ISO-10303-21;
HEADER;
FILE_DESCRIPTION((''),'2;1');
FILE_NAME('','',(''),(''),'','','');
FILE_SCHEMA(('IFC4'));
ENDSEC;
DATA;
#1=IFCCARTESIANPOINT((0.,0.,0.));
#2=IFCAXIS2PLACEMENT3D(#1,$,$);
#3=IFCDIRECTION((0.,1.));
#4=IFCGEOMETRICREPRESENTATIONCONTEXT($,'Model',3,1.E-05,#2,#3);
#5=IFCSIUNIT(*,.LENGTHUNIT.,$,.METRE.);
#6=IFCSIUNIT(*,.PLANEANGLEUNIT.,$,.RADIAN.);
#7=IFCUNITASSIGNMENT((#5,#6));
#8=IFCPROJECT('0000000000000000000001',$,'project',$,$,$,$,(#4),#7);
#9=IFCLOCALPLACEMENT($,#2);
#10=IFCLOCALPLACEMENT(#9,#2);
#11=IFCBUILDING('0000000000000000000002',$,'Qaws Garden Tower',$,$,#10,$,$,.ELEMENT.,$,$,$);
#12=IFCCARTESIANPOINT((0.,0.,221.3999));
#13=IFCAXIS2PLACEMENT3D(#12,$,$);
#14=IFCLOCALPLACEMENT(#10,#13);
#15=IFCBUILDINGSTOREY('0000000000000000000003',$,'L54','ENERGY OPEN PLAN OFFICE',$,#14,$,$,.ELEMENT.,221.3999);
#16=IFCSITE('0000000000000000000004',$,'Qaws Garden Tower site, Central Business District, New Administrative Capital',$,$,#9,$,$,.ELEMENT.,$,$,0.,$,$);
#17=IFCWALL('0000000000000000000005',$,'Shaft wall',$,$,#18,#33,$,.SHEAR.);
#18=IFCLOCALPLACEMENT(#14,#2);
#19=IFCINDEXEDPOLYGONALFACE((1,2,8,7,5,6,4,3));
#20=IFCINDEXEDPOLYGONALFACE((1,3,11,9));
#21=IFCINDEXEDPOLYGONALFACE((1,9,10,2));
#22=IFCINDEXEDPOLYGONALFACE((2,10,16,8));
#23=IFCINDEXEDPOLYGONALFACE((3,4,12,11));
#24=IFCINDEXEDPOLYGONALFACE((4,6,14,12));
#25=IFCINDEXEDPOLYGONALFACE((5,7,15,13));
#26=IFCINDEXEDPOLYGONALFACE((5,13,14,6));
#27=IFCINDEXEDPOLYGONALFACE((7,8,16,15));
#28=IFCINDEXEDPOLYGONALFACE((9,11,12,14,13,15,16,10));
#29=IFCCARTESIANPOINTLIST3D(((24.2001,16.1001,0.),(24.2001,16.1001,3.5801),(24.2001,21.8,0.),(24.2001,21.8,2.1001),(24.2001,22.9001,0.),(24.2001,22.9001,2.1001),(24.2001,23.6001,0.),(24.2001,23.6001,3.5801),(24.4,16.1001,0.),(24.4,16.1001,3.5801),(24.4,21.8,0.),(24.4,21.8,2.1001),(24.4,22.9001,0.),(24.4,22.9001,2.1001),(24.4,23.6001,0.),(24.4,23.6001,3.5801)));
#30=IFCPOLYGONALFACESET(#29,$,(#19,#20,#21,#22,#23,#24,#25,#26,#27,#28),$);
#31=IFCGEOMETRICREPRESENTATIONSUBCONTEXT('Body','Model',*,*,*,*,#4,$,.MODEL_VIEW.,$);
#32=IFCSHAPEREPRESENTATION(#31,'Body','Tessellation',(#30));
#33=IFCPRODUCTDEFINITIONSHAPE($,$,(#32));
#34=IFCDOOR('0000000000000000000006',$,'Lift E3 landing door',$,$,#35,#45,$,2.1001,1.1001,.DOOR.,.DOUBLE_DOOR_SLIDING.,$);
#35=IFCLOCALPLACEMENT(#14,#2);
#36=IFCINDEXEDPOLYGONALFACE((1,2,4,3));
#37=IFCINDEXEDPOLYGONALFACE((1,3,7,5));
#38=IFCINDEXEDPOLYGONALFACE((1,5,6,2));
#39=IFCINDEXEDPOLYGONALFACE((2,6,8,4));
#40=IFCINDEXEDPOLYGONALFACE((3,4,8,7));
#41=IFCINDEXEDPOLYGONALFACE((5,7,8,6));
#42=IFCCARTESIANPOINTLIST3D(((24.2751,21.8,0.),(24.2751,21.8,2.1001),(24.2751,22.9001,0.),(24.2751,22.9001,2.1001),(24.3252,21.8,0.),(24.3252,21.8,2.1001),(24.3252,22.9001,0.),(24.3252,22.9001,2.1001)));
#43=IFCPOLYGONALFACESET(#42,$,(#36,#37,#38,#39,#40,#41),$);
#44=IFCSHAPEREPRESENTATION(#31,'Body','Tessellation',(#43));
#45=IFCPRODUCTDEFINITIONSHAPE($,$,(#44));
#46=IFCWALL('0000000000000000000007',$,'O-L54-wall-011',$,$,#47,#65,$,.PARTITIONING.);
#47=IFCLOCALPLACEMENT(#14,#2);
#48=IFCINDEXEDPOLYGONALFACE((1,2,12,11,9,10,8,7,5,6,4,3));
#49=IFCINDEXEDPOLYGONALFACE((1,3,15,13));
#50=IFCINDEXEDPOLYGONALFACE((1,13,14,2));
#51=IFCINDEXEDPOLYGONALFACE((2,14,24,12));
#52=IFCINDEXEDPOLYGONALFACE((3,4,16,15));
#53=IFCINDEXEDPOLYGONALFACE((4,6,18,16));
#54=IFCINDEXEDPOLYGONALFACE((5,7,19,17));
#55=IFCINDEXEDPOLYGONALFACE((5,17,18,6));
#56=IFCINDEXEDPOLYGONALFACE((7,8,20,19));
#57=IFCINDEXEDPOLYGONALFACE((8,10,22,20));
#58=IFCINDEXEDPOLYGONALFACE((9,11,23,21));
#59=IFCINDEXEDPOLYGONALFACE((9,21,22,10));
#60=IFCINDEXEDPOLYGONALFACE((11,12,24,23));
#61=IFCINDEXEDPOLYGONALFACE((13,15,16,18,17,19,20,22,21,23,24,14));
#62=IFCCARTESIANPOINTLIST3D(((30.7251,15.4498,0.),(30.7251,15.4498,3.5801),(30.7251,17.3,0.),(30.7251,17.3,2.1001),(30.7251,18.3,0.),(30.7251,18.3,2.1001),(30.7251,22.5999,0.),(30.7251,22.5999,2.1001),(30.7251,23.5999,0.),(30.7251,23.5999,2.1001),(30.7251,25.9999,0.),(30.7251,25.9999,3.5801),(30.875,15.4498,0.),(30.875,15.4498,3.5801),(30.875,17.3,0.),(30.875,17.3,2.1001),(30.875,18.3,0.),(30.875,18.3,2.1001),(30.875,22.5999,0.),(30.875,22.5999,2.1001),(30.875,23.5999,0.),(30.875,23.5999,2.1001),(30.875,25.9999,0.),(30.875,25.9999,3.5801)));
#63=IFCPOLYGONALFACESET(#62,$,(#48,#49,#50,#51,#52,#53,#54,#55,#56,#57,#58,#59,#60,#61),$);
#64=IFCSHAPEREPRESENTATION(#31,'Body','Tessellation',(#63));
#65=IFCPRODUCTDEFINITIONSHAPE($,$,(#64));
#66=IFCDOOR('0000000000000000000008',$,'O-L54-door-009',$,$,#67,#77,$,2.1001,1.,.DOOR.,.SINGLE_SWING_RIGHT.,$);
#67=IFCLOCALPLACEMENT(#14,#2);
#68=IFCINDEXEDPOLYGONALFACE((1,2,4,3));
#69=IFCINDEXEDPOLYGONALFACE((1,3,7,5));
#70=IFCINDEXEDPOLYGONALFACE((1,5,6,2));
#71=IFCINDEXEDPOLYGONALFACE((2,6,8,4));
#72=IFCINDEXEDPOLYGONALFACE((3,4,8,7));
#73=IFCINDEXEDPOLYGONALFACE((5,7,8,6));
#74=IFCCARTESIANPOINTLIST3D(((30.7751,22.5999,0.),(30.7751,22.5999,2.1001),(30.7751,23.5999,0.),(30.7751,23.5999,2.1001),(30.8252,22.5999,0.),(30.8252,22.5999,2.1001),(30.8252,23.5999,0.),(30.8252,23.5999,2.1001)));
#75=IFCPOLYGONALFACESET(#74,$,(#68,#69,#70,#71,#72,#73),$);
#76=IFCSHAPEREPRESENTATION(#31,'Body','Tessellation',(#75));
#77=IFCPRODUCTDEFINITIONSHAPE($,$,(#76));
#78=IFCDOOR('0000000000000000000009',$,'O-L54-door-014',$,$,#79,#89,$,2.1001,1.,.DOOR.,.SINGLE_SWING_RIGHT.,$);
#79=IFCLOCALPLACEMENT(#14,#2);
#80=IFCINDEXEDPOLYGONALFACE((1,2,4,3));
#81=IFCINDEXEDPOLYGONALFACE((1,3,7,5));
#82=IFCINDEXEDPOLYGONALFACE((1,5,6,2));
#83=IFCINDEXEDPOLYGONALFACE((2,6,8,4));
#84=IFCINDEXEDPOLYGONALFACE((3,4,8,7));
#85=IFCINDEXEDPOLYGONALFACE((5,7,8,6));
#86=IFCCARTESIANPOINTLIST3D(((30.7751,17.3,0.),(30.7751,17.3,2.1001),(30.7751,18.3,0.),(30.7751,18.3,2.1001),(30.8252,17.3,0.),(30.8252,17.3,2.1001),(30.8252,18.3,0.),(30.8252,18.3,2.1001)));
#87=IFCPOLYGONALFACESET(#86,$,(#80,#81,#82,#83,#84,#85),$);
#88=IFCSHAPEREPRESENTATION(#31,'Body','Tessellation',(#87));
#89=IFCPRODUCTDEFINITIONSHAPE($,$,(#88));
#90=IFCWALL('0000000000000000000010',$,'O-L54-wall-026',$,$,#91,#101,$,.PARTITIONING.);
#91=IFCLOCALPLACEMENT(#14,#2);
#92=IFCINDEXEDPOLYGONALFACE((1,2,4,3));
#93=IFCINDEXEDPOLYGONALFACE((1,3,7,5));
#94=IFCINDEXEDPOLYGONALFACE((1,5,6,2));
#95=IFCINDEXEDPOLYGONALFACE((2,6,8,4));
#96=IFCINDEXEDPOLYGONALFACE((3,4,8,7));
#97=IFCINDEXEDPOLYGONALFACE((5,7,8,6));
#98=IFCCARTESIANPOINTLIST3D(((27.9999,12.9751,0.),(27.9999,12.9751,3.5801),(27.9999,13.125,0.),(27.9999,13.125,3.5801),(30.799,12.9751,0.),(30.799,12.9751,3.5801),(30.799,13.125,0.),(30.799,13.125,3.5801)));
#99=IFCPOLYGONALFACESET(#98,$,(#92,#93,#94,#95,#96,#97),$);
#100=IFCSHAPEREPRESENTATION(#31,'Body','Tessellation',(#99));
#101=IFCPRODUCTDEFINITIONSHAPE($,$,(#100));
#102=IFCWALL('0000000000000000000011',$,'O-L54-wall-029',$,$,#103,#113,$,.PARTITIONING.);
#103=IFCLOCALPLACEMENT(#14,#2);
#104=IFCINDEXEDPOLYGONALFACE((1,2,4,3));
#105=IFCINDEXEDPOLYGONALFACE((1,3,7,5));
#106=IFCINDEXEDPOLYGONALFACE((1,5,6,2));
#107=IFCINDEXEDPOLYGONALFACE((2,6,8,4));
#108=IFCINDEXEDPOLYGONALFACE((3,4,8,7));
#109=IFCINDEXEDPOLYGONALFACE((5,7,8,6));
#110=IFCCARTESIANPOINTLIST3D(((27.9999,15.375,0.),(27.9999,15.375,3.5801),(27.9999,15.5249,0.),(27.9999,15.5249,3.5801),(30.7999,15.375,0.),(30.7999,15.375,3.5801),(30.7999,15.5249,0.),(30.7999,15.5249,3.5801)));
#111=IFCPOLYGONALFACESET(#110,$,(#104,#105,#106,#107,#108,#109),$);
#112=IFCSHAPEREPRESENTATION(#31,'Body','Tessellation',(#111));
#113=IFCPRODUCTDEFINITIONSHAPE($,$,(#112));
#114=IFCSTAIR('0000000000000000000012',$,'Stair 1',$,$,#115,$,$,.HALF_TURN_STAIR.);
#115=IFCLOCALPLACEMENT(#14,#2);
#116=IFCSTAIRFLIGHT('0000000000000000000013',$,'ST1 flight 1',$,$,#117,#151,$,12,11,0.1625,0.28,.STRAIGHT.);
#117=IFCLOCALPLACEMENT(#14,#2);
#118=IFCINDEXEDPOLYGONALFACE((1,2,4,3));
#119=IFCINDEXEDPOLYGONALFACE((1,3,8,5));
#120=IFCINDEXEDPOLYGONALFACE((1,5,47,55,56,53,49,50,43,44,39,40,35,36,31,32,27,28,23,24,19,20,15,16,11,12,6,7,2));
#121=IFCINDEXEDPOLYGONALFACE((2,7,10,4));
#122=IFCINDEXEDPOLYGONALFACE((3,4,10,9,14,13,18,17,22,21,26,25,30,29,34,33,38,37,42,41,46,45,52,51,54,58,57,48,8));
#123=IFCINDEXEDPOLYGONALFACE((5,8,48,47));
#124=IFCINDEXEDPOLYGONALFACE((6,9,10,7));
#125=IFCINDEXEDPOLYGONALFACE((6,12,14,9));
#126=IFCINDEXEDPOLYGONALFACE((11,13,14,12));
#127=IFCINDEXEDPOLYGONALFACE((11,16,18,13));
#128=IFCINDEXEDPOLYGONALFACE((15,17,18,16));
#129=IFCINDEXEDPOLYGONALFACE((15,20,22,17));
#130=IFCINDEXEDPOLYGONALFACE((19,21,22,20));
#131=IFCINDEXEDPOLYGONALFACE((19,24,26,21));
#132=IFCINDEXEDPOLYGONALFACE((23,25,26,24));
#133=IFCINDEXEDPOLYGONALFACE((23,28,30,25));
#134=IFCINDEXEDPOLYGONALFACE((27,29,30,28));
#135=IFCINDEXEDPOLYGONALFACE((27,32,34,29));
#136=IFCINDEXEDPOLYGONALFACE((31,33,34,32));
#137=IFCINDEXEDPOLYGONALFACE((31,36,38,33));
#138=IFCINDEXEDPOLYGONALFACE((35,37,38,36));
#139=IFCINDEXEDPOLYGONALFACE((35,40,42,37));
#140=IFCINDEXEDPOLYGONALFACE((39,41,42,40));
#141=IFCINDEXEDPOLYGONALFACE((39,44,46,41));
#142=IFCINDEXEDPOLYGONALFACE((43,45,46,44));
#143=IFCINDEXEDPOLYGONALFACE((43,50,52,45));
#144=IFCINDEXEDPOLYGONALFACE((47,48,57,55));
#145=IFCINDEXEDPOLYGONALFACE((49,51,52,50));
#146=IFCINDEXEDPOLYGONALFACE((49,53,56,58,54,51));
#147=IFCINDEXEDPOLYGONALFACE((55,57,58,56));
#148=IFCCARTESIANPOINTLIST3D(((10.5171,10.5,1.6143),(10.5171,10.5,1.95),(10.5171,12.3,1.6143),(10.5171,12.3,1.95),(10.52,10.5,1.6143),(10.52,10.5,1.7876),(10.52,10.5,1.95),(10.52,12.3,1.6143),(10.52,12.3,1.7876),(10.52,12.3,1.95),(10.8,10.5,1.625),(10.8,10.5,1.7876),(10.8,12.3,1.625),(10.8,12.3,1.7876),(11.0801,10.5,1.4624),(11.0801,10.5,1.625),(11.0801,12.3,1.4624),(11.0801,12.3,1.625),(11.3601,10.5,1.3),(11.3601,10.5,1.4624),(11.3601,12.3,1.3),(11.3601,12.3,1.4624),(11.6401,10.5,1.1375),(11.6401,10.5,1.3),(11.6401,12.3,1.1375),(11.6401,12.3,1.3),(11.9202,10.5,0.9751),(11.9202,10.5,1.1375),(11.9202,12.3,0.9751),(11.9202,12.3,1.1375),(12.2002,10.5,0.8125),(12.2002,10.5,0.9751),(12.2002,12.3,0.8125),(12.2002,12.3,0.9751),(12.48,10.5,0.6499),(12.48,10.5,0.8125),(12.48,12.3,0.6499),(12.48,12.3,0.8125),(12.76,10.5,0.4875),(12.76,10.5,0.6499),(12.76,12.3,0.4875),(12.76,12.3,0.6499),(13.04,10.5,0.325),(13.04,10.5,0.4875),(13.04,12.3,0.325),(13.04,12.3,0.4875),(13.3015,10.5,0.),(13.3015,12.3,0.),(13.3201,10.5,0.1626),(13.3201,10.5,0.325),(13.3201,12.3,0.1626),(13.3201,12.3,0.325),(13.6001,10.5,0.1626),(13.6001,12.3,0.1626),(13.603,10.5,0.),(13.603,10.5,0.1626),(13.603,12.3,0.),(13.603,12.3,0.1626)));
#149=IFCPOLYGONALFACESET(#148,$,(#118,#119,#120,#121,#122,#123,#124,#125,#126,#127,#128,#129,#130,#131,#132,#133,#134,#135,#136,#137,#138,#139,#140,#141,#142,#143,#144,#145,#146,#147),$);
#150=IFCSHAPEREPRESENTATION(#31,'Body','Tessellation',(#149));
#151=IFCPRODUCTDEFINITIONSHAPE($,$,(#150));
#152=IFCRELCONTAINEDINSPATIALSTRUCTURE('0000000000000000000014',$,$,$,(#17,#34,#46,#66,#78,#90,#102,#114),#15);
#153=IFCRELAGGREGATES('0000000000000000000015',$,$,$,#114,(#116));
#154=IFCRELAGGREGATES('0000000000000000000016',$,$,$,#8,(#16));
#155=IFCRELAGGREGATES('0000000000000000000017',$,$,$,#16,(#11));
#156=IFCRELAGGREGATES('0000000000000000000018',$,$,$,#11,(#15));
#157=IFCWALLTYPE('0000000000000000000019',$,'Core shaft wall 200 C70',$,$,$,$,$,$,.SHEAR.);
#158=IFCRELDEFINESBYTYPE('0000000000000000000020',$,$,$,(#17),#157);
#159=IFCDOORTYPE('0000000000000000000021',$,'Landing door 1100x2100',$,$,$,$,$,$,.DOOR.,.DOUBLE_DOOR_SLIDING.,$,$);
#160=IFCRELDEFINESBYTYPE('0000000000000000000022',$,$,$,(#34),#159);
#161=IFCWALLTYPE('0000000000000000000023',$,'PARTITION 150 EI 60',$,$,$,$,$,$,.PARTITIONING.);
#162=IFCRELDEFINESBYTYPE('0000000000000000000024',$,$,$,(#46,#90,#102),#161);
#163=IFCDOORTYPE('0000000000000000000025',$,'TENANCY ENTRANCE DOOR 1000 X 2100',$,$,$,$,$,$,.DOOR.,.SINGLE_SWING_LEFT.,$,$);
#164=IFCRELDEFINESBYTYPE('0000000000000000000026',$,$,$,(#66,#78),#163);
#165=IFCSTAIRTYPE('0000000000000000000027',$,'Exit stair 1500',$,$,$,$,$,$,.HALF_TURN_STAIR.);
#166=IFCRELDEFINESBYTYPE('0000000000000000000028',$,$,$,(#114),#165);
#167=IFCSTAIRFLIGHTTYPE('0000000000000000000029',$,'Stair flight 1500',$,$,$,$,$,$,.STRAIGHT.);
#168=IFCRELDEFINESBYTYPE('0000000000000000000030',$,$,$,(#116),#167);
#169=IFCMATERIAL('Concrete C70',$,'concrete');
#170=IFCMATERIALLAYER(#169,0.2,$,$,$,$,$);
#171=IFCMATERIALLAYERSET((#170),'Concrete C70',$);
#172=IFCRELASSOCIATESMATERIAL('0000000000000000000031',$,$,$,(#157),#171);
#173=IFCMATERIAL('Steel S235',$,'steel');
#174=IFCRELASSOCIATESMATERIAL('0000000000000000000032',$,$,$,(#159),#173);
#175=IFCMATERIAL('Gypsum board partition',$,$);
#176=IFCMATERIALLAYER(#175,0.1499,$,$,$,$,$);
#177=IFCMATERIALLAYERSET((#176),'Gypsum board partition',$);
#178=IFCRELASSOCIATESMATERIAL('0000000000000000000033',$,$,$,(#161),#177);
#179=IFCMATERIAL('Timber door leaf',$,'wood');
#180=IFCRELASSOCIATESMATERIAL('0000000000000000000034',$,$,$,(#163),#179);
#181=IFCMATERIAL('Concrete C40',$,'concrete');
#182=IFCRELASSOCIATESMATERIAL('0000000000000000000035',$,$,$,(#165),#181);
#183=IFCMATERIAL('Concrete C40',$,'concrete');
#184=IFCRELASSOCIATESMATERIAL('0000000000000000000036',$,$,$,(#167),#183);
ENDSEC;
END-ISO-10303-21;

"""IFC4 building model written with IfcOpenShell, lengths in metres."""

from ifc_helpers import new_model, si_unit, direction, frame, frame_2d, origin, place, context, subcontext, project, spatial, polyline, rectangle, outline, extrude, material, layer, layer_set, type_object, element, fill, aggregate, save


model = new_model("IFC4")

# Units and contexts
model_context = context("Model", 3, precision=1e-05, world=origin(), true_north=direction((0.0, 1.0)))
body_context = subcontext(model_context, "Body", "Model", "MODEL_VIEW")
ifc_project = project(units=[si_unit("LENGTHUNIT", "METRE"), si_unit("PLANEANGLEUNIT", "RADIAN")], contexts=[model_context])

# Site, building, storey
site_placement = place(None, origin())
site = spatial("IfcSite", under=ifc_project, at=site_placement, Name="Qaws Garden Tower site, Central Business District, New Administrative Capital", CompositionType="ELEMENT", RefElevation=0.0)
building_placement = place(site_placement, origin())
building = spatial("IfcBuilding", under=site, at=building_placement, Name="Qaws Garden Tower", CompositionType="ELEMENT")
storey_placement = place(building_placement, frame((0.0, 0.0, 221.3999)))
storey = spatial("IfcBuildingStorey", under=building, at=storey_placement, Name="L54", Description="ENERGY OPEN PLAN OFFICE", CompositionType="ELEMENT", Elevation=221.3999)

# Shared definitions
ifc_material_1 = material(Name="Concrete C70", Category="concrete")
ifc_layer_1 = layer(ifc_material_1, 0.2)
ifc_layer_set_1 = layer_set([ifc_layer_1], Name="Concrete C70")
wall_type_1 = type_object("IfcWallType", Name="Core shaft wall 200 C70", PredefinedType="SHEAR", material=ifc_layer_set_1)
ifc_material_2 = material(Name="Steel S235", Category="steel")
door_type_1 = type_object("IfcDoorType", Name="Landing door 1100x2100", OperationType="DOUBLE_DOOR_SLIDING", PredefinedType="DOOR", material=ifc_material_2)

# Wall, opening, door
wall_1_placement = place(storey_placement, frame((24.3, 16.1001, 0.0), z_axis=(0.0, 0.0, 1.0), x_axis=(0.0, 1.0, 0.0)))
wall_1 = element("IfcWall", 1, at=wall_1_placement, inside=storey, type_object=wall_type_1, Name="Shaft wall", PredefinedType="SHEAR", context=body_context, shape_type="SweptSolid", body=[
    extrude(rectangle(XDim=7.5, YDim=0.2, at=frame_2d((3.75, 0.0))), origin(), (0.0, 0.0, 1.0), 3.5801),
])
opening_1_placement = place(wall_1_placement, frame((5.7, 0.0, 0.0)))
opening_1 = element("IfcOpeningElement", 2, at=opening_1_placement, cuts=wall_1, PredefinedType="OPENING", context=body_context, shape_type="SweptSolid", body=[
    extrude(rectangle(XDim=1.1001, YDim=2.1001, at=frame_2d((0.55, 1.05))), frame((0.0, 0.1099, 0.0), z_axis=(0.0, -1.0, 0.0), x_axis=(1.0, 0.0, 0.0)), (0.0, 0.0, 1.0), 0.22),
])
door_1_placement = place(opening_1_placement, origin())
door_1 = element("IfcDoor", 3, at=door_1_placement, inside=storey, type_object=door_type_1, Name="Lift E3 landing door", OperationType="DOUBLE_DOOR_SLIDING", OverallHeight=2.1001, OverallWidth=1.1001, PredefinedType="DOOR", context=body_context, shape_type="SweptSolid", body=[
    extrude(rectangle(XDim=1.1001, YDim=2.1001, at=frame_2d((0.55, 1.05))), frame((0.0, 0.0249, 0.0), z_axis=(0.0, -1.0, 0.0), x_axis=(1.0, 0.0, 0.0)), (0.0, 0.0, 1.0), 0.05),
])
fill(opening_1, door_1)

# Wall, openings, doors
ifc_material_3 = material(Name="Gypsum board partition")
ifc_layer_2 = layer(ifc_material_3, 0.1499)
ifc_layer_set_2 = layer_set([ifc_layer_2], Name="Gypsum board partition")
wall_type_2 = type_object("IfcWallType", Name="PARTITION 150 EI 60", PredefinedType="PARTITIONING", material=ifc_layer_set_2)
wall_2_placement = place(storey_placement, frame((30.8, 15.45, 0.0), z_axis=(0.0, 0.0, 1.0), x_axis=(0.0, 1.0, 0.0)))
wall_2 = element("IfcWall", 4, at=wall_2_placement, inside=storey, type_object=wall_type_2, Name="O-L54-wall-011", PredefinedType="PARTITIONING", context=body_context, shape_type="SweptSolid", body=[
    extrude(rectangle(XDim=10.55, YDim=0.1499, at=frame_2d((5.2749, 0.0))), origin(), (0.0, 0.0, 1.0), 3.5801),
])
opening_2_placement = place(wall_2_placement, frame((7.1499, 0.0, 0.0)))
opening_2 = element("IfcOpeningElement", 5, at=opening_2_placement, cuts=wall_2, PredefinedType="OPENING", context=body_context, shape_type="SweptSolid", body=[
    extrude(rectangle(XDim=1.0, YDim=2.1001, at=frame_2d((0.5, 1.05))), frame((0.0, 0.085, 0.0), z_axis=(0.0, -1.0, 0.0), x_axis=(1.0, 0.0, 0.0)), (0.0, 0.0, 1.0), 0.1699),
])
opening_3_placement = place(wall_2_placement, frame((1.8501, 0.0, 0.0)))
opening_3 = element("IfcOpeningElement", 6, at=opening_3_placement, cuts=wall_2, PredefinedType="OPENING", context=body_context, shape_type="SweptSolid", body=[
    extrude(rectangle(XDim=1.0, YDim=2.1001, at=frame_2d((0.5, 1.05))), frame((0.0, 0.085, 0.0), z_axis=(0.0, -1.0, 0.0), x_axis=(1.0, 0.0, 0.0)), (0.0, 0.0, 1.0), 0.1699),
])
ifc_material_4 = material(Name="Timber door leaf", Category="wood")
door_type_2 = type_object("IfcDoorType", Name="TENANCY ENTRANCE DOOR 1000 X 2100", OperationType="SINGLE_SWING_LEFT", PredefinedType="DOOR", material=ifc_material_4)
door_2_placement = place(opening_2_placement, origin())
door_2 = element("IfcDoor", 7, at=door_2_placement, inside=storey, type_object=door_type_2, Name="O-L54-door-009", OperationType="SINGLE_SWING_RIGHT", OverallHeight=2.1001, OverallWidth=1.0, PredefinedType="DOOR", context=body_context, shape_type="SweptSolid", body=[
    extrude(rectangle(XDim=1.0, YDim=2.1001, at=frame_2d((0.5, 1.05))), frame((0.0, 0.0249, 0.0), z_axis=(0.0, -1.0, 0.0), x_axis=(1.0, 0.0, 0.0)), (0.0, 0.0, 1.0), 0.05),
])
fill(opening_2, door_2)
door_3_placement = place(opening_3_placement, origin())
door_3 = element("IfcDoor", 8, at=door_3_placement, inside=storey, type_object=door_type_2, Name="O-L54-door-014", OperationType="SINGLE_SWING_RIGHT", OverallHeight=2.1001, OverallWidth=1.0, PredefinedType="DOOR", context=body_context, shape_type="SweptSolid", body=[
    extrude(rectangle(XDim=1.0, YDim=2.1001, at=frame_2d((0.5, 1.05))), frame((0.0, 0.0249, 0.0), z_axis=(0.0, -1.0, 0.0), x_axis=(1.0, 0.0, 0.0)), (0.0, 0.0, 1.0), 0.05),
])
fill(opening_3, door_3)

# Walls
wall_3_placement = place(storey_placement, frame((28.0, 13.05, 0.0), z_axis=(0.0, 0.0, 1.0), x_axis=(1.0, 0.0, 0.0)))
element("IfcWall", 9, at=wall_3_placement, inside=storey, type_object=wall_type_2, Name="O-L54-wall-026", PredefinedType="PARTITIONING", context=body_context, shape_type="SweptSolid", body=[
    extrude(rectangle(XDim=2.7991, YDim=0.1499, at=frame_2d((1.3994, 0.0))), origin(), (0.0, 0.0, 1.0), 3.5801),
])
wall_4_placement = place(storey_placement, frame((28.0, 15.45, 0.0), z_axis=(0.0, 0.0, 1.0), x_axis=(1.0, 0.0, 0.0)))
element("IfcWall", 10, at=wall_4_placement, inside=storey, type_object=wall_type_2, Name="O-L54-wall-029", PredefinedType="PARTITIONING", context=body_context, shape_type="SweptSolid", body=[
    extrude(rectangle(XDim=2.8, YDim=0.1499, at=frame_2d((1.3999, 0.0))), origin(), (0.0, 0.0, 1.0), 3.5801),
])

# Stair, stair flight
ifc_material_5 = material(Name="Concrete C40", Category="concrete")
stair_type = type_object("IfcStairType", Name="Exit stair 1500", PredefinedType="HALF_TURN_STAIR", material=ifc_material_5)
stair_placement = place(storey_placement, origin())
stair = element("IfcStair", 11, at=stair_placement, inside=storey, type_object=stair_type, Name="Stair 1", PredefinedType="HALF_TURN_STAIR")
ifc_material_6 = material(Name="Concrete C40", Category="concrete")
stair_flight_type = type_object("IfcStairFlightType", Name="Stair flight 1500", PredefinedType="STRAIGHT", material=ifc_material_6)
stair_flight_placement = place(storey_placement, frame((13.6001, 11.3999, 0.0), z_axis=(0.0, 0.0, 1.0), x_axis=(-1.0, 0.0, 0.0)))
stair_flight = element("IfcStairFlight", 12, at=stair_flight_placement, type_object=stair_flight_type, Name="ST1 flight 1", NumberOfRisers=12, NumberOfTreads=11, PredefinedType="STRAIGHT", RiserHeight=0.1625, TreadLength=0.28, context=body_context, shape_type="SweptSolid", body=[
    extrude(outline(polyline([(-0.0029, 0.0), (-0.0029, 0.1626), (0.0, 0.1626), (0.28, 0.1626), (0.28, 0.325), (0.5601, 0.325), (0.5601, 0.4875), (0.8401, 0.4875), (0.8401, 0.6499), (1.1201, 0.6499), (1.1201, 0.8125), (1.3999, 0.8125), (1.3999, 0.9751), (1.6799, 0.9751), (1.6799, 1.1375), (1.96, 1.1375), (1.96, 1.3), (2.24, 1.3), (2.24, 1.4624), (2.52, 1.4624), (2.52, 1.625), (2.8, 1.625), (2.8, 1.7876), (3.0801, 1.7876), (3.0801, 1.95), (3.083, 1.95), (3.083, 1.6143), (3.0801, 1.6143), (0.2986, 0.0), (-0.0029, 0.0)])), frame((0.0, 0.8999, 0.0), z_axis=(0.0, -1.0, 0.0), x_axis=(1.0, 0.0, 0.0)), (0.0, 0.0, 1.0), 1.8),
])
aggregate(stair, [stair_flight])

save(model, "model.ifc")
